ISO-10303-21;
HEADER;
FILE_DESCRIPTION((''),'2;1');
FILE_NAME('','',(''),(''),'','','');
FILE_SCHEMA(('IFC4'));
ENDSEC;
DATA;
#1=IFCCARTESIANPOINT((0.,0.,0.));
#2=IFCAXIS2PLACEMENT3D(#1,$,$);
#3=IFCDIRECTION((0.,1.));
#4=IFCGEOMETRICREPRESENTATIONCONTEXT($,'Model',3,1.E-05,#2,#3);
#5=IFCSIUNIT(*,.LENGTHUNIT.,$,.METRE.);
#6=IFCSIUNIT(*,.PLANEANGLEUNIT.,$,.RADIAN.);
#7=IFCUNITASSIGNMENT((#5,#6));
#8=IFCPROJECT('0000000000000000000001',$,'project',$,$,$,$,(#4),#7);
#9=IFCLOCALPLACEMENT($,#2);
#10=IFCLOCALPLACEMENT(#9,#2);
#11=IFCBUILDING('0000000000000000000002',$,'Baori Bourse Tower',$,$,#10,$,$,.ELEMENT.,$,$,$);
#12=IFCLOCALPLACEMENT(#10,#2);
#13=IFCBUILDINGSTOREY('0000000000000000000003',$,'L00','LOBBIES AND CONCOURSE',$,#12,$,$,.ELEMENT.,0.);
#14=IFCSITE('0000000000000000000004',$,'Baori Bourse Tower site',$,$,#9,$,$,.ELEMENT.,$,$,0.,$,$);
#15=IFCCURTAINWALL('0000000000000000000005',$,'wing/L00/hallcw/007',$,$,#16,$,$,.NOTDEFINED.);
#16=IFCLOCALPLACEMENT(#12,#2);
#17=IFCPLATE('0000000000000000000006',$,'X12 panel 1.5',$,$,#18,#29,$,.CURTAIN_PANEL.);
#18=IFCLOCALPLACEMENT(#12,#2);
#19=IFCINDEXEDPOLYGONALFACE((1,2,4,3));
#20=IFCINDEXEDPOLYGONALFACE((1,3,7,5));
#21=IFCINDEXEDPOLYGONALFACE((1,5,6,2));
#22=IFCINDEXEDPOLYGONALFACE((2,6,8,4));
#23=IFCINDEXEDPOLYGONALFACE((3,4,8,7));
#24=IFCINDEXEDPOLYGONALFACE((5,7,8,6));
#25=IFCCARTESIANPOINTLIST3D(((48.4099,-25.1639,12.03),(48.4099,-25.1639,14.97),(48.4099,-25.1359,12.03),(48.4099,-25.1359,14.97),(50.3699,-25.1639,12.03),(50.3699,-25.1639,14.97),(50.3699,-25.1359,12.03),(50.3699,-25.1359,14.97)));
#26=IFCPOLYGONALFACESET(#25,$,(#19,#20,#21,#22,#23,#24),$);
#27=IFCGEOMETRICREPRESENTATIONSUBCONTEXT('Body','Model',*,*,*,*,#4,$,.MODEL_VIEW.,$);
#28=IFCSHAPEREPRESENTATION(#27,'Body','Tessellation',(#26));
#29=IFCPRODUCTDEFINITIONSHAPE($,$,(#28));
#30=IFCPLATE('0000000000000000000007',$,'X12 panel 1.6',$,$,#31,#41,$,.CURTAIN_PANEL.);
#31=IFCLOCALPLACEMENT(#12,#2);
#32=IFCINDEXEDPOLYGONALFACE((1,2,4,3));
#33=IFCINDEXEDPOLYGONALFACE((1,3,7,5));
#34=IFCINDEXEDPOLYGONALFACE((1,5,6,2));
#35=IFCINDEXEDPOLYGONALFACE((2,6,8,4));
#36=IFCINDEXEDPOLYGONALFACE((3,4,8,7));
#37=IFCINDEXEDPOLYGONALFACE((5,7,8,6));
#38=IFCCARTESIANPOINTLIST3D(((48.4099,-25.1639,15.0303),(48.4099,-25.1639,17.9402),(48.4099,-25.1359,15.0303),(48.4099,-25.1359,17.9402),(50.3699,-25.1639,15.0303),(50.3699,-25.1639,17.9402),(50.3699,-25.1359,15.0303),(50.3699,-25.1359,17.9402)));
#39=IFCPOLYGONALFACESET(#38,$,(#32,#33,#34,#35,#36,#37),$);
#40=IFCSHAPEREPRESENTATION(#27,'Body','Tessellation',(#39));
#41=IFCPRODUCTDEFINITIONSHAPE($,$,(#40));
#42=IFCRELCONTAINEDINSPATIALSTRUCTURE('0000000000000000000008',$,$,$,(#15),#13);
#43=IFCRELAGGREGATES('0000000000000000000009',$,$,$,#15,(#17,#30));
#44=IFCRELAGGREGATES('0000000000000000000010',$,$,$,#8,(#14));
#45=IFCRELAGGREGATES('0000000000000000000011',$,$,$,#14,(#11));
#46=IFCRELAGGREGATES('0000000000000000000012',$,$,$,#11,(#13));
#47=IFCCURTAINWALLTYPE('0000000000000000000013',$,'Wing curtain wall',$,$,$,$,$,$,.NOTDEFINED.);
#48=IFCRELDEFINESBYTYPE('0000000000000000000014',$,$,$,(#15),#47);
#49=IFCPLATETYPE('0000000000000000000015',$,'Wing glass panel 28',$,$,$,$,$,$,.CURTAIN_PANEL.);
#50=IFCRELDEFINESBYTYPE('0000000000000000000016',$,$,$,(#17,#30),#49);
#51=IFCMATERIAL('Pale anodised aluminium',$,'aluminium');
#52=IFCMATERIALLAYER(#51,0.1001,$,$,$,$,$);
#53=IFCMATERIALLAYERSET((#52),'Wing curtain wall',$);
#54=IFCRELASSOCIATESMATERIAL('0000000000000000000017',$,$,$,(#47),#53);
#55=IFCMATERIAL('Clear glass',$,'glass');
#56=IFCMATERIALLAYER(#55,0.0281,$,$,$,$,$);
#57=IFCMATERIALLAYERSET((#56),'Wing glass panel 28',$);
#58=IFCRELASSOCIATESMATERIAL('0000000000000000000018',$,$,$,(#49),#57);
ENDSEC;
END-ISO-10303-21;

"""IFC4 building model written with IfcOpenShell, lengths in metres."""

from ifc_helpers import new_model, si_unit, direction, frame, origin, origin_2d, place, context, subcontext, project, spatial, rectangle, extrude, material, layer, layer_set, type_object, element, aggregate, save


model = new_model("IFC4")

# Units and contexts
model_context = context("Model", 3, precision=1e-05, world=origin(), true_north=direction((0.0, 1.0)))
body_context = subcontext(model_context, "Body", "Model", "MODEL_VIEW")
ifc_project = project(units=[si_unit("LENGTHUNIT", "METRE"), si_unit("PLANEANGLEUNIT", "RADIAN")], contexts=[model_context])

# Site, building, storey
site_placement = place(None, origin())
site = spatial("IfcSite", under=ifc_project, at=site_placement, Name="Baori Bourse Tower site", CompositionType="ELEMENT", RefElevation=0.0)
building_placement = place(site_placement, origin())
building = spatial("IfcBuilding", under=site, at=building_placement, Name="Baori Bourse Tower", CompositionType="ELEMENT")
storey_placement = place(building_placement, origin())
storey = spatial("IfcBuildingStorey", under=building, at=storey_placement, Name="L00", Description="LOBBIES AND CONCOURSE", CompositionType="ELEMENT", Elevation=0.0)

# Curtain wall
ifc_material_1 = material(Name="Pale anodised aluminium", Category="aluminium")
ifc_layer_1 = layer(ifc_material_1, 0.1001)
ifc_layer_set_1 = layer_set([ifc_layer_1], Name="Wing curtain wall")
curtain_wall_type = type_object("IfcCurtainWallType", Name="Wing curtain wall", PredefinedType="NOTDEFINED", material=ifc_layer_set_1)
curtain_wall_1_placement = place(storey_placement, origin())
curtain_wall_1 = element("IfcCurtainWall", 1, at=curtain_wall_1_placement, inside=storey, type_object=curtain_wall_type, Name="wing/L00/hallcw/007", PredefinedType="NOTDEFINED")

# Plates
ifc_material_2 = material(Name="Clear glass", Category="glass")
ifc_layer_2 = layer(ifc_material_2, 0.0281)
ifc_layer_set_2 = layer_set([ifc_layer_2], Name="Wing glass panel 28")
plate_type = type_object("IfcPlateType", Name="Wing glass panel 28", PredefinedType="CURTAIN_PANEL", material=ifc_layer_set_2)
plate_1_placement = place(storey_placement, frame((49.3899, -25.1499, 12.03), z_axis=(0.0, 0.0, 1.0), x_axis=(1.0, 0.0, 0.0)))
plate_1 = element("IfcPlate", 2, at=plate_1_placement, type_object=plate_type, Name="X12 panel 1.5", PredefinedType="CURTAIN_PANEL", context=body_context, shape_type="SweptSolid", body=[
    extrude(rectangle(XDim=1.96, YDim=0.0281, at=origin_2d()), origin(), (0.0, 0.0, 1.0), 2.9399),
])
plate_2_placement = place(storey_placement, frame((49.3899, -25.1499, 15.0303), z_axis=(0.0, 0.0, 1.0), x_axis=(1.0, 0.0, 0.0)))
plate_2 = element("IfcPlate", 3, at=plate_2_placement, type_object=plate_type, Name="X12 panel 1.6", PredefinedType="CURTAIN_PANEL", context=body_context, shape_type="SweptSolid", body=[
    extrude(rectangle(XDim=1.96, YDim=0.0281, at=origin_2d()), origin(), (0.0, 0.0, 1.0), 2.9099),
])
aggregate(curtain_wall_1, [plate_1, plate_2])

save(model, "model.ifc")
